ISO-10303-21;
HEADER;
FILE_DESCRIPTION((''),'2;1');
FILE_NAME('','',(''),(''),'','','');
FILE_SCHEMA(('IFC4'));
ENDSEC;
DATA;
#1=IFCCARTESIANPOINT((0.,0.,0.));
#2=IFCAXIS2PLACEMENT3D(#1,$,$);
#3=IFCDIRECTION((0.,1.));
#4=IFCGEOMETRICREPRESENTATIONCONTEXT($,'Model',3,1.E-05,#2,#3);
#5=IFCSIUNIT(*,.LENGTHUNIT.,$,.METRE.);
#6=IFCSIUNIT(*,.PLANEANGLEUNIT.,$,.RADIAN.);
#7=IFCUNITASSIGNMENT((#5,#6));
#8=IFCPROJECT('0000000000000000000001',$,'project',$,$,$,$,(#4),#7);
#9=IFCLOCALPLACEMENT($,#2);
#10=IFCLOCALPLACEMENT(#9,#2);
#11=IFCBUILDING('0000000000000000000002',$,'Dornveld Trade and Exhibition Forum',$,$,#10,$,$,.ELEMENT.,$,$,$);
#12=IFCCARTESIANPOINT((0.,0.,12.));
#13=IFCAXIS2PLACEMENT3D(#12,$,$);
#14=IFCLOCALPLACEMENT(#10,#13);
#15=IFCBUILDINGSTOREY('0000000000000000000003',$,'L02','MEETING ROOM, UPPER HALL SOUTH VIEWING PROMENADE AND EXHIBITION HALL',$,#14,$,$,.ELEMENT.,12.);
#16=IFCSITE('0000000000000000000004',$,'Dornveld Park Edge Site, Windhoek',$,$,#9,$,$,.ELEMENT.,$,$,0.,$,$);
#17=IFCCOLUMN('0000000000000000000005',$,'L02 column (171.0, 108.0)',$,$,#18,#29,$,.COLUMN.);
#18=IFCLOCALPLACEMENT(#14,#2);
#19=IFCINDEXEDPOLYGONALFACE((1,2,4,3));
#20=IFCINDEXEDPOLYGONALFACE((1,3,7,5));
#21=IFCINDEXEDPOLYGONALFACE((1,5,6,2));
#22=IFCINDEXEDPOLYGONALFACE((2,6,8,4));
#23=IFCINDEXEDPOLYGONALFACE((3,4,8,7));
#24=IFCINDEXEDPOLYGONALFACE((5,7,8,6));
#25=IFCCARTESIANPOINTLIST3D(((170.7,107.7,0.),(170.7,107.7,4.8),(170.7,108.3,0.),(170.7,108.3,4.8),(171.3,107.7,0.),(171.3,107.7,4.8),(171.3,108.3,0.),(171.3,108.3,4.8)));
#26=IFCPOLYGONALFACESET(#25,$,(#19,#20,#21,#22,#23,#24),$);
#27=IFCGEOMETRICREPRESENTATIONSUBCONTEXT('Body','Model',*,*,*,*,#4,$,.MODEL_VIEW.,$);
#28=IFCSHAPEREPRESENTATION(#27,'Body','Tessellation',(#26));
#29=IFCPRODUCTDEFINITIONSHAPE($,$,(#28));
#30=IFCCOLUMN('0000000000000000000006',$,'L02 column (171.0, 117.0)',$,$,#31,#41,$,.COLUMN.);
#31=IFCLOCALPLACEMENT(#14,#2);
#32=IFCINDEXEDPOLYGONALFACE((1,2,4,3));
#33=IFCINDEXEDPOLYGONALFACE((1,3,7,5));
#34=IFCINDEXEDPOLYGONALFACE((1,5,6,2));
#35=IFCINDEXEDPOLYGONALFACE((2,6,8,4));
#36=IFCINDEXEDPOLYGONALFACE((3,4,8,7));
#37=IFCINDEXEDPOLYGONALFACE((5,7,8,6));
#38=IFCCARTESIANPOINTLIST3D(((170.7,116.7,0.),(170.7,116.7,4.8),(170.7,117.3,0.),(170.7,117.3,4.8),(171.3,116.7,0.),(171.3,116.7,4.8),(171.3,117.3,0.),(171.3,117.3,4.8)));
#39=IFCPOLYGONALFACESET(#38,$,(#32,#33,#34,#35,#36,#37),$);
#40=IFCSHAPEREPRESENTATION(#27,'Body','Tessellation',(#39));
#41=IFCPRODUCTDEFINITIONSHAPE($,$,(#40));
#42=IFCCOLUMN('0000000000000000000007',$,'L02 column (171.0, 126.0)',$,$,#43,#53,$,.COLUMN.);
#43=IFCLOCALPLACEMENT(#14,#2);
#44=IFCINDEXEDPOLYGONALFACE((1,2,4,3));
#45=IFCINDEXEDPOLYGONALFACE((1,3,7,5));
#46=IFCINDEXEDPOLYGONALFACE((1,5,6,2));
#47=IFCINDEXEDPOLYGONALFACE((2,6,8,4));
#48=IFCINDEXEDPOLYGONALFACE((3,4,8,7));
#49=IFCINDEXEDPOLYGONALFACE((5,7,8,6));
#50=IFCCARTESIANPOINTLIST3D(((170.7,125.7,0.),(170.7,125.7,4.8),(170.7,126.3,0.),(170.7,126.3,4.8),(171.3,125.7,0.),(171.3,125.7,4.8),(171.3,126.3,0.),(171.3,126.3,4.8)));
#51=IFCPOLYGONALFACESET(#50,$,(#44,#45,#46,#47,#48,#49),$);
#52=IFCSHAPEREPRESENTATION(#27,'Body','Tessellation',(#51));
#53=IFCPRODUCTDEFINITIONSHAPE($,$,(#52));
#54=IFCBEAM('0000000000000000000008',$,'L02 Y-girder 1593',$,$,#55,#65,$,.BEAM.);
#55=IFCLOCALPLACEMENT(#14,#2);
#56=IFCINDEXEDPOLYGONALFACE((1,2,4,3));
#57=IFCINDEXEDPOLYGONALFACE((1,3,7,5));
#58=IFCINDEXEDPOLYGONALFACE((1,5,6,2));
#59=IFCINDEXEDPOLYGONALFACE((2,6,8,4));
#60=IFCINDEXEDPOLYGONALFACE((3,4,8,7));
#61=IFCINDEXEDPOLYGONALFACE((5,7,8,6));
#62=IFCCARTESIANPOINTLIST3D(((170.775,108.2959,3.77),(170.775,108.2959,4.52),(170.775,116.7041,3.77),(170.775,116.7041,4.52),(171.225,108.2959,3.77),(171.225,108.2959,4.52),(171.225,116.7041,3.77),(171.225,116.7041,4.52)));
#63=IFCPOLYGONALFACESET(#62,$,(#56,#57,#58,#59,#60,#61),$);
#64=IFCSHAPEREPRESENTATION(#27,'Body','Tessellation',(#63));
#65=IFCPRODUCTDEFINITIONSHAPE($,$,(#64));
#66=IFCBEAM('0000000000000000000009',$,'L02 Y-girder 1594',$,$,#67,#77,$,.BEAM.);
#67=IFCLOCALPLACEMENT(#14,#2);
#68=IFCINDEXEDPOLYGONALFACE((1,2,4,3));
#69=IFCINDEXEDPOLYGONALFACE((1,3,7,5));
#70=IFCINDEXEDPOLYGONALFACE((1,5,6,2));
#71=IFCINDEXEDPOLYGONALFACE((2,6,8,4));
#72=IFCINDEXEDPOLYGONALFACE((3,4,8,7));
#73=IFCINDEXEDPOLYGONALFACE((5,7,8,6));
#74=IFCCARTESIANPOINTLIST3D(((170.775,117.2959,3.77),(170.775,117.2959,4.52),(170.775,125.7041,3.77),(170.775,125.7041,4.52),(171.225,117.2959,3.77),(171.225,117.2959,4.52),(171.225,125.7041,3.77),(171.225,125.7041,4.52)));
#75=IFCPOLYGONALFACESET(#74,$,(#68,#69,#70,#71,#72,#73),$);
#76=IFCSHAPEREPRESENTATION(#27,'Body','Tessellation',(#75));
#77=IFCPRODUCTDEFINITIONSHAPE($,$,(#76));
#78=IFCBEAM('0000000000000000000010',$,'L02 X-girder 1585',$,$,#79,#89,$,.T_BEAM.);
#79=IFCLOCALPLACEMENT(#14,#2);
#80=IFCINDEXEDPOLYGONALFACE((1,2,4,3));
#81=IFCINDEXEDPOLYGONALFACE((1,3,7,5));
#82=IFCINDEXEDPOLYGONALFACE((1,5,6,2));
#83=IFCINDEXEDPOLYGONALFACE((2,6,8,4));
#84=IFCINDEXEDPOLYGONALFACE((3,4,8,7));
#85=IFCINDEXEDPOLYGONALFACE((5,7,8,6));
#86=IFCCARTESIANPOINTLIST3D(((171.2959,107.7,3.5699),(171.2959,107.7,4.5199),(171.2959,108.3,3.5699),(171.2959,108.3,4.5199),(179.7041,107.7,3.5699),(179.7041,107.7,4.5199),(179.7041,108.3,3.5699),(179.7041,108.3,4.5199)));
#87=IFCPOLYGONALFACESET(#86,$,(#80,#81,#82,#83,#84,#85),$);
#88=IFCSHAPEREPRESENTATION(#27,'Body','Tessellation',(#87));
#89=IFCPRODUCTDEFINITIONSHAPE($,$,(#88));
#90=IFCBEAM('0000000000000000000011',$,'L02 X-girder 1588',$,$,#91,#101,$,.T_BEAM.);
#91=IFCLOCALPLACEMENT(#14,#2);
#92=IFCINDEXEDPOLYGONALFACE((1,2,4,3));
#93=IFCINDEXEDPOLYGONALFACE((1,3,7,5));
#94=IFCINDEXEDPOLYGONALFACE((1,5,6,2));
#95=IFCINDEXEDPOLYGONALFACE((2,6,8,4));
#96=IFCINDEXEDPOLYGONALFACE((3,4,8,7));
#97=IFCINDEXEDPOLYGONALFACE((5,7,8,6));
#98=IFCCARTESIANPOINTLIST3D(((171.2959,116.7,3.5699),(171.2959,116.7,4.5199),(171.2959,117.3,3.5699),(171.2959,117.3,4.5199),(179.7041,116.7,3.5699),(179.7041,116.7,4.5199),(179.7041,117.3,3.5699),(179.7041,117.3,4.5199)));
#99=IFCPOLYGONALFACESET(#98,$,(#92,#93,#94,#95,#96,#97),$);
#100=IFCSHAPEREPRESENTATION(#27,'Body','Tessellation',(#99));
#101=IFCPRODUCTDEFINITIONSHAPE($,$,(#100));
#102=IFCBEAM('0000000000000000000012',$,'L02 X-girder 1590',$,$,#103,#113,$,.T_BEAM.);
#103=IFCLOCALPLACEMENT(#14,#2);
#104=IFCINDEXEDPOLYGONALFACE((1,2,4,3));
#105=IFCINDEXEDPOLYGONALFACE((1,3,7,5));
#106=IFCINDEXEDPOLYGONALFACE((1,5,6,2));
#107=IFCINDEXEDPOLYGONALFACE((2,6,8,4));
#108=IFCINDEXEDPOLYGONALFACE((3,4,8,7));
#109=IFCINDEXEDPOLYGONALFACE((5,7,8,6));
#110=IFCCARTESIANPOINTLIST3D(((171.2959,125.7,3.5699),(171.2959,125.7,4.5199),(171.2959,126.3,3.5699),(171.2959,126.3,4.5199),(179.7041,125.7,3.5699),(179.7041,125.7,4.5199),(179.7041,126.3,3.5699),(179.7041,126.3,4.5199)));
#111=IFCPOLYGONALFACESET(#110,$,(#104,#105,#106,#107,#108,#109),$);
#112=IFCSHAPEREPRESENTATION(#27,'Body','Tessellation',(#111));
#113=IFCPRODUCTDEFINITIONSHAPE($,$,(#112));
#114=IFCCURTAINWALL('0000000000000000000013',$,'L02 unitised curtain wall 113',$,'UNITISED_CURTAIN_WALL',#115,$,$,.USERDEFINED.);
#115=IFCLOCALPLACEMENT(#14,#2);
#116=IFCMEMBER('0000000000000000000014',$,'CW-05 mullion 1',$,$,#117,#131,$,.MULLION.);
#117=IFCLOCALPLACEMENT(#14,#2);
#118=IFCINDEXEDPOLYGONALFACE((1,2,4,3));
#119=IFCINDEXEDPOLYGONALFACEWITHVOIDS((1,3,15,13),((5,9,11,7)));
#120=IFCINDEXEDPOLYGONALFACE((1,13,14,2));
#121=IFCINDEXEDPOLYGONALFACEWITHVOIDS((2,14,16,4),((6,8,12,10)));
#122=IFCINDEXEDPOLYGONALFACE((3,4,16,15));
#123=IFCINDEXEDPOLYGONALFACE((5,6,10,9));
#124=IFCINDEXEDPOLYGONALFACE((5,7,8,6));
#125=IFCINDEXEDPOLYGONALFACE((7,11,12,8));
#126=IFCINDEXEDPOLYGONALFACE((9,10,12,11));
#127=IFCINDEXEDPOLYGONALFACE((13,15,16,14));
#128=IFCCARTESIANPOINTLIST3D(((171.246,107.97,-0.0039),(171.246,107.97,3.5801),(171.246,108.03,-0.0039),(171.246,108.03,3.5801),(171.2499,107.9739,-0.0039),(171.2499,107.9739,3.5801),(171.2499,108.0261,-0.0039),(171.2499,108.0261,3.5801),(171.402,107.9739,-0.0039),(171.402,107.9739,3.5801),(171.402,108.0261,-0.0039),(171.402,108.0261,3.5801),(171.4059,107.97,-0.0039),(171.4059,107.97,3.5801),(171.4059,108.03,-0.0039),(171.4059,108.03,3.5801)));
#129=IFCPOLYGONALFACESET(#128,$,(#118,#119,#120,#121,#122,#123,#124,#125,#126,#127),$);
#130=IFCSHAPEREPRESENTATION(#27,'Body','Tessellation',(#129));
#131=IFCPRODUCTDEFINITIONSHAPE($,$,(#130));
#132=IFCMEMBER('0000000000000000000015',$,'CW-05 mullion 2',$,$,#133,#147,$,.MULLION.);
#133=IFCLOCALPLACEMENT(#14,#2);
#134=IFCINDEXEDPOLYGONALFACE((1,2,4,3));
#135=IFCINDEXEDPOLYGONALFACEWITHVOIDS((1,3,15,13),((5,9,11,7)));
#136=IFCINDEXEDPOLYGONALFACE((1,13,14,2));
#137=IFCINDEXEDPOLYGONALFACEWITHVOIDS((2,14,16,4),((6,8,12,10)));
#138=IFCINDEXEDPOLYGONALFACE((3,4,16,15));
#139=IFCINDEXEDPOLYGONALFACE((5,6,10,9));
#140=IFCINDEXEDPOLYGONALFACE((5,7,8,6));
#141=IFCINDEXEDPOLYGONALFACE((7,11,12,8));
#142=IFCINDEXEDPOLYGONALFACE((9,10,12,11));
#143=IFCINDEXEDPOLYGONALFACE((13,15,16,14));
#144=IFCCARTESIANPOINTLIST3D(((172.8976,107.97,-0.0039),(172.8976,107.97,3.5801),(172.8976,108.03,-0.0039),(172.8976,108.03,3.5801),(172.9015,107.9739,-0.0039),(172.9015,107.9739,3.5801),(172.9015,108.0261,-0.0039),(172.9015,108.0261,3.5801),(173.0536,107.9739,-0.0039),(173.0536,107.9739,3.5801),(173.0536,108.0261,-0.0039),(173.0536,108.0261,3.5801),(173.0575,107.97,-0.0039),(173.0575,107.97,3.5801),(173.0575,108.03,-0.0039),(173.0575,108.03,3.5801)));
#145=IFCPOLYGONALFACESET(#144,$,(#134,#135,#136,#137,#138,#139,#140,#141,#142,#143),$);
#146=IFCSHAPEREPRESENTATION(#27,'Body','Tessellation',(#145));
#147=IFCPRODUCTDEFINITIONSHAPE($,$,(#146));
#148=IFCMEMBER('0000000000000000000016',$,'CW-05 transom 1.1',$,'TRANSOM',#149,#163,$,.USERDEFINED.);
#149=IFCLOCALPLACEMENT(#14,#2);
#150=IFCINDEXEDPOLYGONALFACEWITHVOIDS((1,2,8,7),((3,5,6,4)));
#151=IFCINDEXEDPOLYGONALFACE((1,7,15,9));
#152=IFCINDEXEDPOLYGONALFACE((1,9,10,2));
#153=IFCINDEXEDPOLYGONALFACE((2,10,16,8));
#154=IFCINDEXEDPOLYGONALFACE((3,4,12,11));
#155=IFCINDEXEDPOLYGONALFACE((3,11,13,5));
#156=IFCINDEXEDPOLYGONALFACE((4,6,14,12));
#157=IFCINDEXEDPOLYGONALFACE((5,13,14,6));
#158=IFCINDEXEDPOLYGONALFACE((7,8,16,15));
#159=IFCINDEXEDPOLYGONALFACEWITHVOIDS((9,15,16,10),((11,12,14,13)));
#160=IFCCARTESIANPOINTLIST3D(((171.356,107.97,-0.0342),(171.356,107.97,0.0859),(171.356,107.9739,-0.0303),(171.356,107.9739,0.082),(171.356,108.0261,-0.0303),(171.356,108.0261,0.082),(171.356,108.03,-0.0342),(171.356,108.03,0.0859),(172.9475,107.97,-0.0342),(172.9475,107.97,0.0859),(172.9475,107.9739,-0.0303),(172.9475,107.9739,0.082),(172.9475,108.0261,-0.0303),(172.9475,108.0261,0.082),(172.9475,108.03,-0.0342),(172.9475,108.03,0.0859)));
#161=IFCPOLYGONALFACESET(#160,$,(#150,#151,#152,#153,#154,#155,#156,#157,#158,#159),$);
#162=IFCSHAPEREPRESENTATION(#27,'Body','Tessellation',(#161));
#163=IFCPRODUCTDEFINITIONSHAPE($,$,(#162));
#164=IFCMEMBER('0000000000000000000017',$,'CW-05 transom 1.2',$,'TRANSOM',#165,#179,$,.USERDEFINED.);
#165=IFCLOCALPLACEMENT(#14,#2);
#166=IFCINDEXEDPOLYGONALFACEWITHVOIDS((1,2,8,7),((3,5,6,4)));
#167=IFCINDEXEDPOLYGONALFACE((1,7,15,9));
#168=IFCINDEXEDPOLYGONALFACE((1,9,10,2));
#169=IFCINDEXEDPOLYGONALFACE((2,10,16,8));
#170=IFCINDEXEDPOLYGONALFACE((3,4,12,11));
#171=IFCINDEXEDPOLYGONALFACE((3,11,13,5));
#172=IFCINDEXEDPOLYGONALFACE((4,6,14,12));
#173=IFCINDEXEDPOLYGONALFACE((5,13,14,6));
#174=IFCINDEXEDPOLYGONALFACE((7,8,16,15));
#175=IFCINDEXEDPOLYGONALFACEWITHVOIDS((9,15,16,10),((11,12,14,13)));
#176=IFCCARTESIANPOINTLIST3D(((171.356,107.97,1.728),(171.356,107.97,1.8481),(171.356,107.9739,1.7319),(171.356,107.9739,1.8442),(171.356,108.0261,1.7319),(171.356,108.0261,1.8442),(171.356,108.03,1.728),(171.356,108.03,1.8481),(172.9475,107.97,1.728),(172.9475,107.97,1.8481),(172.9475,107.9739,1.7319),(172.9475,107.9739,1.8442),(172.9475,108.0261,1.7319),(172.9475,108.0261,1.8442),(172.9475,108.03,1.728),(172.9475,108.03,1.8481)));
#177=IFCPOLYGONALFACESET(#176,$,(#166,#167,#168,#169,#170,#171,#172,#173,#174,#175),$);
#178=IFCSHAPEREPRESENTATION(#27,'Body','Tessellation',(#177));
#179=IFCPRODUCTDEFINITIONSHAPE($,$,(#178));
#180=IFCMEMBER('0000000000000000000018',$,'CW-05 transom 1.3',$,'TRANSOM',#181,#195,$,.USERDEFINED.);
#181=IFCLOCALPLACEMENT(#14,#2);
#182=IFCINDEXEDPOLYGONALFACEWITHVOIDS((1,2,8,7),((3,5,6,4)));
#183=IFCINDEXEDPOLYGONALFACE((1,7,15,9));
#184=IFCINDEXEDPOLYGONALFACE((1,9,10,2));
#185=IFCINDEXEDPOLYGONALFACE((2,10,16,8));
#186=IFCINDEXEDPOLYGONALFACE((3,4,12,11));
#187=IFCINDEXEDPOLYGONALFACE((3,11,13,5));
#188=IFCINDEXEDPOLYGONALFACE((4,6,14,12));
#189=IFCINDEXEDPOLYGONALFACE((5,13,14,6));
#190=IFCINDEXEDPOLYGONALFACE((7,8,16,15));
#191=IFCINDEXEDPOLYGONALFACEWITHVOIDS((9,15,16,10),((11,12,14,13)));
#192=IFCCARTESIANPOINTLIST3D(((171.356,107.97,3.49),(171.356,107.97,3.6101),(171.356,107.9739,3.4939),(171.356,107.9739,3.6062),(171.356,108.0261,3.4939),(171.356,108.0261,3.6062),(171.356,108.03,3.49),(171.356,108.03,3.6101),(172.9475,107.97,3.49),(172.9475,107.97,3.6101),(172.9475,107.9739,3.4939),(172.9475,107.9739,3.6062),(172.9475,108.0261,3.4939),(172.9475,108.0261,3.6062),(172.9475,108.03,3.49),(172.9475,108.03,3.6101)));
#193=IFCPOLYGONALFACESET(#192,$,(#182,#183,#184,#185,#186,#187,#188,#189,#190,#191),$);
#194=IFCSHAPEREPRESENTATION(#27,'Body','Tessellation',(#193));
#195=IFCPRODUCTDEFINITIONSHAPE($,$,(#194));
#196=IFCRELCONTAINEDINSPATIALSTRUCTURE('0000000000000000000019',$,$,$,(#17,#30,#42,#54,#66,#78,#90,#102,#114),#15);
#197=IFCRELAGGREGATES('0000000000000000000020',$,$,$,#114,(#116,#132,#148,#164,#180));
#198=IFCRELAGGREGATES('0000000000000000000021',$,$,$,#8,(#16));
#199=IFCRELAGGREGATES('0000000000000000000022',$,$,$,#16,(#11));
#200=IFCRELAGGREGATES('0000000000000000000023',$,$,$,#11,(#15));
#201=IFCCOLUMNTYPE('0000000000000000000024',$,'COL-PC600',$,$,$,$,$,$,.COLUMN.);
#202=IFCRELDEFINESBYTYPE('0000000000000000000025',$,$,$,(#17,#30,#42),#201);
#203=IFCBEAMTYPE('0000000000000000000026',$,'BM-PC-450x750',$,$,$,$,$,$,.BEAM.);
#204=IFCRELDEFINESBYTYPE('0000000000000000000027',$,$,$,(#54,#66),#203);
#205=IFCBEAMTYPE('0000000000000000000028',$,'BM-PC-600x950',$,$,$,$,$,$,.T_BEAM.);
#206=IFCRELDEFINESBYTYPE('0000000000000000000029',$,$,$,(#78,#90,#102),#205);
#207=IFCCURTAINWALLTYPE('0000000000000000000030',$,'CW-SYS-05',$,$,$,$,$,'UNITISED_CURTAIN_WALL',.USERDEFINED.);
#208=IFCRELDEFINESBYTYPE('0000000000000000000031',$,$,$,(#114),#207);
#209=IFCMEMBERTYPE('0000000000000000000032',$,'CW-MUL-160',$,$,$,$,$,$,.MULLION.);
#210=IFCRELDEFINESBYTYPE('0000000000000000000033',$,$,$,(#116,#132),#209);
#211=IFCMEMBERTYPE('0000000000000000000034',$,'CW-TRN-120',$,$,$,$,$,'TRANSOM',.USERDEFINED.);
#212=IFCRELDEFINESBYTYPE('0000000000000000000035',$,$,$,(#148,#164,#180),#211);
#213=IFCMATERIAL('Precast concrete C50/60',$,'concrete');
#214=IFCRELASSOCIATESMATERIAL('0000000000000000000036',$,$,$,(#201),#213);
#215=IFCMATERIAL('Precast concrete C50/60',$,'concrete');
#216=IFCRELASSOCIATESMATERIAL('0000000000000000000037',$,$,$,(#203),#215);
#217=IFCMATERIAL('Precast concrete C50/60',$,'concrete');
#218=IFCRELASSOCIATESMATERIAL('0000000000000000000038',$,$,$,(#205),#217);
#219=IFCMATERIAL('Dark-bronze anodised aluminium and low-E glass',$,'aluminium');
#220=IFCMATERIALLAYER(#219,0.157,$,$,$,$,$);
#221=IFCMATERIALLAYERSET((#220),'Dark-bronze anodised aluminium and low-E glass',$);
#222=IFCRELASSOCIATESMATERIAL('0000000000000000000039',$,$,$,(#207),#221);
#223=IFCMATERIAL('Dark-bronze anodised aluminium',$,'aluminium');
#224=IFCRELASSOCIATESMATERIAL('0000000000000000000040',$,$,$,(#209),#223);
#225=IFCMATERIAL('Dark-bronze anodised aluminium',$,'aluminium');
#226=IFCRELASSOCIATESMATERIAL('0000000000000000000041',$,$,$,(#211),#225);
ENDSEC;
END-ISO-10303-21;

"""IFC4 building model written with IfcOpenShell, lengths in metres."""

from ifc_helpers import new_model, si_unit, direction, frame, origin, origin_2d, place, context, subcontext, project, spatial, rectangle, hollow_rectangle, extrude, material, layer, layer_set, material_profile, profile_set, type_object, element, aggregate, save


model = new_model("IFC4")

# Units and contexts
model_context = context("Model", 3, precision=1e-05, world=origin(), true_north=direction((0.0, 1.0)))
body_context = subcontext(model_context, "Body", "Model", "MODEL_VIEW")
ifc_project = project(units=[si_unit("LENGTHUNIT", "METRE"), si_unit("PLANEANGLEUNIT", "RADIAN")], contexts=[model_context])

# Site, building, storey
site_placement = place(None, origin())
site = spatial("IfcSite", under=ifc_project, at=site_placement, Name="Dornveld Park Edge Site, Windhoek", CompositionType="ELEMENT", RefElevation=0.0)
building_placement = place(site_placement, origin())
building = spatial("IfcBuilding", under=site, at=building_placement, Name="Dornveld Trade and Exhibition Forum", CompositionType="ELEMENT")
storey_placement = place(building_placement, frame((0.0, 0.0, 12.0)))
storey = spatial("IfcBuildingStorey", under=building, at=storey_placement, Name="L02", Description="MEETING ROOM, UPPER HALL SOUTH VIEWING PROMENADE AND EXHIBITION HALL", CompositionType="ELEMENT", Elevation=12.0)

# Columns
ifc_material_1 = material(Name="Precast concrete C50/60", Category="concrete")
ifc_material_profile_1 = material_profile(ifc_material_1, rectangle(XDim=0.6001, YDim=0.6001, at=origin_2d()), Name="PC-COL 600x600")
ifc_profile_set_1 = profile_set([ifc_material_profile_1], Name="Precast concrete C50/60")
column_type = type_object("IfcColumnType", Name="COL-PC600", PredefinedType="COLUMN", material=ifc_profile_set_1)
for number, where, z_axis, x_axis, name in (
    (1, (171.0, 108.0, 0.0), (0.0, 0.0, 1.0), (1.0, 0.0, 0.0), "L02 column (171.0, 108.0)"),
    (2, (171.0, 117.0, 0.0), (0.0, 0.0, 1.0), (1.0, 0.0, 0.0), "L02 column (171.0, 117.0)"),
    (3, (171.0, 126.0, 0.0), (0.0, 0.0, 1.0), (1.0, 0.0, 0.0), "L02 column (171.0, 126.0)"),
):
    element("IfcColumn", number, at=place(storey_placement, frame(where, z_axis=z_axis, x_axis=x_axis)), inside=storey, type_object=column_type, Name=name, PredefinedType="COLUMN", context=body_context, shape_type="SweptSolid", body=[
        extrude(rectangle(XDim=0.6001, YDim=0.6001, at=origin_2d()), origin(), (0.0, 0.0, 1.0), 4.8),
    ])

# Beams
ifc_material_2 = material(Name="Precast concrete C50/60", Category="concrete")
ifc_material_profile_2 = material_profile(ifc_material_2, rectangle(XDim=0.45, YDim=0.75, at=origin_2d()), Name="PC-BM 450x750")
ifc_profile_set_2 = profile_set([ifc_material_profile_2], Name="Precast concrete C50/60")
beam_type_1 = type_object("IfcBeamType", Name="BM-PC-450x750", PredefinedType="BEAM", material=ifc_profile_set_2)
for number, where, z_axis, x_axis, name in (
    (4, (171.0, 108.2959, 4.145), (0.0, 1.0, 0.0), (-1.0, 0.0, 0.0), "L02 Y-girder 1593"),
    (5, (171.0, 117.2959, 4.145), (0.0, 1.0, 0.0), (-1.0, 0.0, 0.0), "L02 Y-girder 1594"),
):
    element("IfcBeam", number, at=place(storey_placement, frame(where, z_axis=z_axis, x_axis=x_axis)), inside=storey, type_object=beam_type_1, Name=name, PredefinedType="BEAM", context=body_context, shape_type="SweptSolid", body=[
        extrude(rectangle(XDim=0.45, YDim=0.75, at=origin_2d()), origin(), (0.0, 0.0, 1.0), 8.4082),
    ])
ifc_material_3 = material(Name="Precast concrete C50/60", Category="concrete")
ifc_material_profile_3 = material_profile(ifc_material_3, rectangle(XDim=0.6001, YDim=0.95, at=origin_2d()), Name="PC-GIR 600x950")
ifc_profile_set_3 = profile_set([ifc_material_profile_3], Name="Precast concrete C50/60")
beam_type_2 = type_object("IfcBeamType", Name="BM-PC-600x950", PredefinedType="T_BEAM", material=ifc_profile_set_3)
for number, where, z_axis, x_axis, name in (
    (6, (171.2959, 108.0, 4.0449), (1.0, 0.0, 0.0), (0.0, 1.0, 0.0), "L02 X-girder 1585"),
    (7, (171.2959, 117.0, 4.0449), (1.0, 0.0, 0.0), (0.0, 1.0, 0.0), "L02 X-girder 1588"),
    (8, (171.2959, 126.0, 4.0449), (1.0, 0.0, 0.0), (0.0, 1.0, 0.0), "L02 X-girder 1590"),
):
    element("IfcBeam", number, at=place(storey_placement, frame(where, z_axis=z_axis, x_axis=x_axis)), inside=storey, type_object=beam_type_2, Name=name, PredefinedType="T_BEAM", context=body_context, shape_type="SweptSolid", body=[
        extrude(rectangle(XDim=0.6001, YDim=0.95, at=origin_2d()), origin(), (0.0, 0.0, 1.0), 8.4082),
    ])

# Curtain wall, members
ifc_material_4 = material(Name="Dark-bronze anodised aluminium and low-E glass", Category="aluminium")
ifc_layer_1 = layer(ifc_material_4, 0.157)
ifc_layer_set_1 = layer_set([ifc_layer_1], Name="Dark-bronze anodised aluminium and low-E glass")
curtain_wall_type = type_object("IfcCurtainWallType", Name="CW-SYS-05", ElementType="UNITISED_CURTAIN_WALL", PredefinedType="USERDEFINED", material=ifc_layer_set_1)
curtain_wall_placement = place(storey_placement, origin())
curtain_wall = element("IfcCurtainWall", 9, at=curtain_wall_placement, inside=storey, type_object=curtain_wall_type, Name="L02 unitised curtain wall 113", ObjectType="UNITISED_CURTAIN_WALL", PredefinedType="USERDEFINED")
ifc_material_5 = material(Name="Dark-bronze anodised aluminium", Category="aluminium")
ifc_material_profile_4 = material_profile(ifc_material_5, hollow_rectangle(XDim=0.0601, YDim=0.1599, WallThickness=0.0039, at=origin_2d()), Name="RHS 160x60x4")
ifc_profile_set_4 = profile_set([ifc_material_profile_4], Name="Dark-bronze anodised aluminium")
member_type_1 = type_object("IfcMemberType", Name="CW-MUL-160", PredefinedType="MULLION", material=ifc_profile_set_4)
member_1_placement = place(storey_placement, frame((171.3259, 108.0, -0.0039), z_axis=(0.0, 0.0, 1.0), x_axis=(0.0, 1.0, 0.0)))
member_1 = element("IfcMember", 10, at=member_1_placement, type_object=member_type_1, Name="CW-05 mullion 1", PredefinedType="MULLION", context=body_context, shape_type="SweptSolid", body=[
    extrude(hollow_rectangle(XDim=0.0601, YDim=0.1599, WallThickness=0.0039, at=origin_2d()), origin(), (0.0, 0.0, 1.0), 3.584),
])
member_2_placement = place(storey_placement, frame((172.9775, 108.0, -0.0039), z_axis=(0.0, 0.0, 1.0), x_axis=(0.0, 1.0, 0.0)))
member_2 = element("IfcMember", 11, at=member_2_placement, type_object=member_type_1, Name="CW-05 mullion 2", PredefinedType="MULLION", context=body_context, shape_type="SweptSolid", body=[
    extrude(hollow_rectangle(XDim=0.0601, YDim=0.1599, WallThickness=0.0039, at=origin_2d()), origin(), (0.0, 0.0, 1.0), 3.584),
])
ifc_material_6 = material(Name="Dark-bronze anodised aluminium", Category="aluminium")
ifc_material_profile_5 = material_profile(ifc_material_6, hollow_rectangle(XDim=0.0601, YDim=0.1201, WallThickness=0.0039, at=origin_2d()), Name="RHS 120x60x4")
ifc_profile_set_5 = profile_set([ifc_material_profile_5], Name="Dark-bronze anodised aluminium")
member_type_2 = type_object("IfcMemberType", Name="CW-TRN-120", ElementType="TRANSOM", PredefinedType="USERDEFINED", material=ifc_profile_set_5)
member_3_placement = place(storey_placement, frame((171.356, 108.0, 0.0259), z_axis=(1.0, 0.0, 0.0), x_axis=(0.0, 1.0, 0.0)))
member_3 = element("IfcMember", 12, at=member_3_placement, type_object=member_type_2, Name="CW-05 transom 1.1", ObjectType="TRANSOM", PredefinedType="USERDEFINED", context=body_context, shape_type="SweptSolid", body=[
    extrude(hollow_rectangle(XDim=0.0601, YDim=0.1201, WallThickness=0.0039, at=origin_2d()), origin(), (0.0, 0.0, 1.0), 1.5916),
])
member_4_placement = place(storey_placement, frame((171.356, 108.0, 1.7881), z_axis=(1.0, 0.0, 0.0), x_axis=(0.0, 1.0, 0.0)))
member_4 = element("IfcMember", 13, at=member_4_placement, type_object=member_type_2, Name="CW-05 transom 1.2", ObjectType="TRANSOM", PredefinedType="USERDEFINED", context=body_context, shape_type="SweptSolid", body=[
    extrude(hollow_rectangle(XDim=0.0601, YDim=0.1201, WallThickness=0.0039, at=origin_2d()), origin(), (0.0, 0.0, 1.0), 1.5916),
])
member_5_placement = place(storey_placement, frame((171.356, 108.0, 3.55), z_axis=(1.0, 0.0, 0.0), x_axis=(0.0, 1.0, 0.0)))
member_5 = element("IfcMember", 14, at=member_5_placement, type_object=member_type_2, Name="CW-05 transom 1.3", ObjectType="TRANSOM", PredefinedType="USERDEFINED", context=body_context, shape_type="SweptSolid", body=[
    extrude(hollow_rectangle(XDim=0.0601, YDim=0.1201, WallThickness=0.0039, at=origin_2d()), origin(), (0.0, 0.0, 1.0), 1.5916),
])
aggregate(curtain_wall, [member_1, member_2, member_3, member_4, member_5])

save(model, "model.ifc")
